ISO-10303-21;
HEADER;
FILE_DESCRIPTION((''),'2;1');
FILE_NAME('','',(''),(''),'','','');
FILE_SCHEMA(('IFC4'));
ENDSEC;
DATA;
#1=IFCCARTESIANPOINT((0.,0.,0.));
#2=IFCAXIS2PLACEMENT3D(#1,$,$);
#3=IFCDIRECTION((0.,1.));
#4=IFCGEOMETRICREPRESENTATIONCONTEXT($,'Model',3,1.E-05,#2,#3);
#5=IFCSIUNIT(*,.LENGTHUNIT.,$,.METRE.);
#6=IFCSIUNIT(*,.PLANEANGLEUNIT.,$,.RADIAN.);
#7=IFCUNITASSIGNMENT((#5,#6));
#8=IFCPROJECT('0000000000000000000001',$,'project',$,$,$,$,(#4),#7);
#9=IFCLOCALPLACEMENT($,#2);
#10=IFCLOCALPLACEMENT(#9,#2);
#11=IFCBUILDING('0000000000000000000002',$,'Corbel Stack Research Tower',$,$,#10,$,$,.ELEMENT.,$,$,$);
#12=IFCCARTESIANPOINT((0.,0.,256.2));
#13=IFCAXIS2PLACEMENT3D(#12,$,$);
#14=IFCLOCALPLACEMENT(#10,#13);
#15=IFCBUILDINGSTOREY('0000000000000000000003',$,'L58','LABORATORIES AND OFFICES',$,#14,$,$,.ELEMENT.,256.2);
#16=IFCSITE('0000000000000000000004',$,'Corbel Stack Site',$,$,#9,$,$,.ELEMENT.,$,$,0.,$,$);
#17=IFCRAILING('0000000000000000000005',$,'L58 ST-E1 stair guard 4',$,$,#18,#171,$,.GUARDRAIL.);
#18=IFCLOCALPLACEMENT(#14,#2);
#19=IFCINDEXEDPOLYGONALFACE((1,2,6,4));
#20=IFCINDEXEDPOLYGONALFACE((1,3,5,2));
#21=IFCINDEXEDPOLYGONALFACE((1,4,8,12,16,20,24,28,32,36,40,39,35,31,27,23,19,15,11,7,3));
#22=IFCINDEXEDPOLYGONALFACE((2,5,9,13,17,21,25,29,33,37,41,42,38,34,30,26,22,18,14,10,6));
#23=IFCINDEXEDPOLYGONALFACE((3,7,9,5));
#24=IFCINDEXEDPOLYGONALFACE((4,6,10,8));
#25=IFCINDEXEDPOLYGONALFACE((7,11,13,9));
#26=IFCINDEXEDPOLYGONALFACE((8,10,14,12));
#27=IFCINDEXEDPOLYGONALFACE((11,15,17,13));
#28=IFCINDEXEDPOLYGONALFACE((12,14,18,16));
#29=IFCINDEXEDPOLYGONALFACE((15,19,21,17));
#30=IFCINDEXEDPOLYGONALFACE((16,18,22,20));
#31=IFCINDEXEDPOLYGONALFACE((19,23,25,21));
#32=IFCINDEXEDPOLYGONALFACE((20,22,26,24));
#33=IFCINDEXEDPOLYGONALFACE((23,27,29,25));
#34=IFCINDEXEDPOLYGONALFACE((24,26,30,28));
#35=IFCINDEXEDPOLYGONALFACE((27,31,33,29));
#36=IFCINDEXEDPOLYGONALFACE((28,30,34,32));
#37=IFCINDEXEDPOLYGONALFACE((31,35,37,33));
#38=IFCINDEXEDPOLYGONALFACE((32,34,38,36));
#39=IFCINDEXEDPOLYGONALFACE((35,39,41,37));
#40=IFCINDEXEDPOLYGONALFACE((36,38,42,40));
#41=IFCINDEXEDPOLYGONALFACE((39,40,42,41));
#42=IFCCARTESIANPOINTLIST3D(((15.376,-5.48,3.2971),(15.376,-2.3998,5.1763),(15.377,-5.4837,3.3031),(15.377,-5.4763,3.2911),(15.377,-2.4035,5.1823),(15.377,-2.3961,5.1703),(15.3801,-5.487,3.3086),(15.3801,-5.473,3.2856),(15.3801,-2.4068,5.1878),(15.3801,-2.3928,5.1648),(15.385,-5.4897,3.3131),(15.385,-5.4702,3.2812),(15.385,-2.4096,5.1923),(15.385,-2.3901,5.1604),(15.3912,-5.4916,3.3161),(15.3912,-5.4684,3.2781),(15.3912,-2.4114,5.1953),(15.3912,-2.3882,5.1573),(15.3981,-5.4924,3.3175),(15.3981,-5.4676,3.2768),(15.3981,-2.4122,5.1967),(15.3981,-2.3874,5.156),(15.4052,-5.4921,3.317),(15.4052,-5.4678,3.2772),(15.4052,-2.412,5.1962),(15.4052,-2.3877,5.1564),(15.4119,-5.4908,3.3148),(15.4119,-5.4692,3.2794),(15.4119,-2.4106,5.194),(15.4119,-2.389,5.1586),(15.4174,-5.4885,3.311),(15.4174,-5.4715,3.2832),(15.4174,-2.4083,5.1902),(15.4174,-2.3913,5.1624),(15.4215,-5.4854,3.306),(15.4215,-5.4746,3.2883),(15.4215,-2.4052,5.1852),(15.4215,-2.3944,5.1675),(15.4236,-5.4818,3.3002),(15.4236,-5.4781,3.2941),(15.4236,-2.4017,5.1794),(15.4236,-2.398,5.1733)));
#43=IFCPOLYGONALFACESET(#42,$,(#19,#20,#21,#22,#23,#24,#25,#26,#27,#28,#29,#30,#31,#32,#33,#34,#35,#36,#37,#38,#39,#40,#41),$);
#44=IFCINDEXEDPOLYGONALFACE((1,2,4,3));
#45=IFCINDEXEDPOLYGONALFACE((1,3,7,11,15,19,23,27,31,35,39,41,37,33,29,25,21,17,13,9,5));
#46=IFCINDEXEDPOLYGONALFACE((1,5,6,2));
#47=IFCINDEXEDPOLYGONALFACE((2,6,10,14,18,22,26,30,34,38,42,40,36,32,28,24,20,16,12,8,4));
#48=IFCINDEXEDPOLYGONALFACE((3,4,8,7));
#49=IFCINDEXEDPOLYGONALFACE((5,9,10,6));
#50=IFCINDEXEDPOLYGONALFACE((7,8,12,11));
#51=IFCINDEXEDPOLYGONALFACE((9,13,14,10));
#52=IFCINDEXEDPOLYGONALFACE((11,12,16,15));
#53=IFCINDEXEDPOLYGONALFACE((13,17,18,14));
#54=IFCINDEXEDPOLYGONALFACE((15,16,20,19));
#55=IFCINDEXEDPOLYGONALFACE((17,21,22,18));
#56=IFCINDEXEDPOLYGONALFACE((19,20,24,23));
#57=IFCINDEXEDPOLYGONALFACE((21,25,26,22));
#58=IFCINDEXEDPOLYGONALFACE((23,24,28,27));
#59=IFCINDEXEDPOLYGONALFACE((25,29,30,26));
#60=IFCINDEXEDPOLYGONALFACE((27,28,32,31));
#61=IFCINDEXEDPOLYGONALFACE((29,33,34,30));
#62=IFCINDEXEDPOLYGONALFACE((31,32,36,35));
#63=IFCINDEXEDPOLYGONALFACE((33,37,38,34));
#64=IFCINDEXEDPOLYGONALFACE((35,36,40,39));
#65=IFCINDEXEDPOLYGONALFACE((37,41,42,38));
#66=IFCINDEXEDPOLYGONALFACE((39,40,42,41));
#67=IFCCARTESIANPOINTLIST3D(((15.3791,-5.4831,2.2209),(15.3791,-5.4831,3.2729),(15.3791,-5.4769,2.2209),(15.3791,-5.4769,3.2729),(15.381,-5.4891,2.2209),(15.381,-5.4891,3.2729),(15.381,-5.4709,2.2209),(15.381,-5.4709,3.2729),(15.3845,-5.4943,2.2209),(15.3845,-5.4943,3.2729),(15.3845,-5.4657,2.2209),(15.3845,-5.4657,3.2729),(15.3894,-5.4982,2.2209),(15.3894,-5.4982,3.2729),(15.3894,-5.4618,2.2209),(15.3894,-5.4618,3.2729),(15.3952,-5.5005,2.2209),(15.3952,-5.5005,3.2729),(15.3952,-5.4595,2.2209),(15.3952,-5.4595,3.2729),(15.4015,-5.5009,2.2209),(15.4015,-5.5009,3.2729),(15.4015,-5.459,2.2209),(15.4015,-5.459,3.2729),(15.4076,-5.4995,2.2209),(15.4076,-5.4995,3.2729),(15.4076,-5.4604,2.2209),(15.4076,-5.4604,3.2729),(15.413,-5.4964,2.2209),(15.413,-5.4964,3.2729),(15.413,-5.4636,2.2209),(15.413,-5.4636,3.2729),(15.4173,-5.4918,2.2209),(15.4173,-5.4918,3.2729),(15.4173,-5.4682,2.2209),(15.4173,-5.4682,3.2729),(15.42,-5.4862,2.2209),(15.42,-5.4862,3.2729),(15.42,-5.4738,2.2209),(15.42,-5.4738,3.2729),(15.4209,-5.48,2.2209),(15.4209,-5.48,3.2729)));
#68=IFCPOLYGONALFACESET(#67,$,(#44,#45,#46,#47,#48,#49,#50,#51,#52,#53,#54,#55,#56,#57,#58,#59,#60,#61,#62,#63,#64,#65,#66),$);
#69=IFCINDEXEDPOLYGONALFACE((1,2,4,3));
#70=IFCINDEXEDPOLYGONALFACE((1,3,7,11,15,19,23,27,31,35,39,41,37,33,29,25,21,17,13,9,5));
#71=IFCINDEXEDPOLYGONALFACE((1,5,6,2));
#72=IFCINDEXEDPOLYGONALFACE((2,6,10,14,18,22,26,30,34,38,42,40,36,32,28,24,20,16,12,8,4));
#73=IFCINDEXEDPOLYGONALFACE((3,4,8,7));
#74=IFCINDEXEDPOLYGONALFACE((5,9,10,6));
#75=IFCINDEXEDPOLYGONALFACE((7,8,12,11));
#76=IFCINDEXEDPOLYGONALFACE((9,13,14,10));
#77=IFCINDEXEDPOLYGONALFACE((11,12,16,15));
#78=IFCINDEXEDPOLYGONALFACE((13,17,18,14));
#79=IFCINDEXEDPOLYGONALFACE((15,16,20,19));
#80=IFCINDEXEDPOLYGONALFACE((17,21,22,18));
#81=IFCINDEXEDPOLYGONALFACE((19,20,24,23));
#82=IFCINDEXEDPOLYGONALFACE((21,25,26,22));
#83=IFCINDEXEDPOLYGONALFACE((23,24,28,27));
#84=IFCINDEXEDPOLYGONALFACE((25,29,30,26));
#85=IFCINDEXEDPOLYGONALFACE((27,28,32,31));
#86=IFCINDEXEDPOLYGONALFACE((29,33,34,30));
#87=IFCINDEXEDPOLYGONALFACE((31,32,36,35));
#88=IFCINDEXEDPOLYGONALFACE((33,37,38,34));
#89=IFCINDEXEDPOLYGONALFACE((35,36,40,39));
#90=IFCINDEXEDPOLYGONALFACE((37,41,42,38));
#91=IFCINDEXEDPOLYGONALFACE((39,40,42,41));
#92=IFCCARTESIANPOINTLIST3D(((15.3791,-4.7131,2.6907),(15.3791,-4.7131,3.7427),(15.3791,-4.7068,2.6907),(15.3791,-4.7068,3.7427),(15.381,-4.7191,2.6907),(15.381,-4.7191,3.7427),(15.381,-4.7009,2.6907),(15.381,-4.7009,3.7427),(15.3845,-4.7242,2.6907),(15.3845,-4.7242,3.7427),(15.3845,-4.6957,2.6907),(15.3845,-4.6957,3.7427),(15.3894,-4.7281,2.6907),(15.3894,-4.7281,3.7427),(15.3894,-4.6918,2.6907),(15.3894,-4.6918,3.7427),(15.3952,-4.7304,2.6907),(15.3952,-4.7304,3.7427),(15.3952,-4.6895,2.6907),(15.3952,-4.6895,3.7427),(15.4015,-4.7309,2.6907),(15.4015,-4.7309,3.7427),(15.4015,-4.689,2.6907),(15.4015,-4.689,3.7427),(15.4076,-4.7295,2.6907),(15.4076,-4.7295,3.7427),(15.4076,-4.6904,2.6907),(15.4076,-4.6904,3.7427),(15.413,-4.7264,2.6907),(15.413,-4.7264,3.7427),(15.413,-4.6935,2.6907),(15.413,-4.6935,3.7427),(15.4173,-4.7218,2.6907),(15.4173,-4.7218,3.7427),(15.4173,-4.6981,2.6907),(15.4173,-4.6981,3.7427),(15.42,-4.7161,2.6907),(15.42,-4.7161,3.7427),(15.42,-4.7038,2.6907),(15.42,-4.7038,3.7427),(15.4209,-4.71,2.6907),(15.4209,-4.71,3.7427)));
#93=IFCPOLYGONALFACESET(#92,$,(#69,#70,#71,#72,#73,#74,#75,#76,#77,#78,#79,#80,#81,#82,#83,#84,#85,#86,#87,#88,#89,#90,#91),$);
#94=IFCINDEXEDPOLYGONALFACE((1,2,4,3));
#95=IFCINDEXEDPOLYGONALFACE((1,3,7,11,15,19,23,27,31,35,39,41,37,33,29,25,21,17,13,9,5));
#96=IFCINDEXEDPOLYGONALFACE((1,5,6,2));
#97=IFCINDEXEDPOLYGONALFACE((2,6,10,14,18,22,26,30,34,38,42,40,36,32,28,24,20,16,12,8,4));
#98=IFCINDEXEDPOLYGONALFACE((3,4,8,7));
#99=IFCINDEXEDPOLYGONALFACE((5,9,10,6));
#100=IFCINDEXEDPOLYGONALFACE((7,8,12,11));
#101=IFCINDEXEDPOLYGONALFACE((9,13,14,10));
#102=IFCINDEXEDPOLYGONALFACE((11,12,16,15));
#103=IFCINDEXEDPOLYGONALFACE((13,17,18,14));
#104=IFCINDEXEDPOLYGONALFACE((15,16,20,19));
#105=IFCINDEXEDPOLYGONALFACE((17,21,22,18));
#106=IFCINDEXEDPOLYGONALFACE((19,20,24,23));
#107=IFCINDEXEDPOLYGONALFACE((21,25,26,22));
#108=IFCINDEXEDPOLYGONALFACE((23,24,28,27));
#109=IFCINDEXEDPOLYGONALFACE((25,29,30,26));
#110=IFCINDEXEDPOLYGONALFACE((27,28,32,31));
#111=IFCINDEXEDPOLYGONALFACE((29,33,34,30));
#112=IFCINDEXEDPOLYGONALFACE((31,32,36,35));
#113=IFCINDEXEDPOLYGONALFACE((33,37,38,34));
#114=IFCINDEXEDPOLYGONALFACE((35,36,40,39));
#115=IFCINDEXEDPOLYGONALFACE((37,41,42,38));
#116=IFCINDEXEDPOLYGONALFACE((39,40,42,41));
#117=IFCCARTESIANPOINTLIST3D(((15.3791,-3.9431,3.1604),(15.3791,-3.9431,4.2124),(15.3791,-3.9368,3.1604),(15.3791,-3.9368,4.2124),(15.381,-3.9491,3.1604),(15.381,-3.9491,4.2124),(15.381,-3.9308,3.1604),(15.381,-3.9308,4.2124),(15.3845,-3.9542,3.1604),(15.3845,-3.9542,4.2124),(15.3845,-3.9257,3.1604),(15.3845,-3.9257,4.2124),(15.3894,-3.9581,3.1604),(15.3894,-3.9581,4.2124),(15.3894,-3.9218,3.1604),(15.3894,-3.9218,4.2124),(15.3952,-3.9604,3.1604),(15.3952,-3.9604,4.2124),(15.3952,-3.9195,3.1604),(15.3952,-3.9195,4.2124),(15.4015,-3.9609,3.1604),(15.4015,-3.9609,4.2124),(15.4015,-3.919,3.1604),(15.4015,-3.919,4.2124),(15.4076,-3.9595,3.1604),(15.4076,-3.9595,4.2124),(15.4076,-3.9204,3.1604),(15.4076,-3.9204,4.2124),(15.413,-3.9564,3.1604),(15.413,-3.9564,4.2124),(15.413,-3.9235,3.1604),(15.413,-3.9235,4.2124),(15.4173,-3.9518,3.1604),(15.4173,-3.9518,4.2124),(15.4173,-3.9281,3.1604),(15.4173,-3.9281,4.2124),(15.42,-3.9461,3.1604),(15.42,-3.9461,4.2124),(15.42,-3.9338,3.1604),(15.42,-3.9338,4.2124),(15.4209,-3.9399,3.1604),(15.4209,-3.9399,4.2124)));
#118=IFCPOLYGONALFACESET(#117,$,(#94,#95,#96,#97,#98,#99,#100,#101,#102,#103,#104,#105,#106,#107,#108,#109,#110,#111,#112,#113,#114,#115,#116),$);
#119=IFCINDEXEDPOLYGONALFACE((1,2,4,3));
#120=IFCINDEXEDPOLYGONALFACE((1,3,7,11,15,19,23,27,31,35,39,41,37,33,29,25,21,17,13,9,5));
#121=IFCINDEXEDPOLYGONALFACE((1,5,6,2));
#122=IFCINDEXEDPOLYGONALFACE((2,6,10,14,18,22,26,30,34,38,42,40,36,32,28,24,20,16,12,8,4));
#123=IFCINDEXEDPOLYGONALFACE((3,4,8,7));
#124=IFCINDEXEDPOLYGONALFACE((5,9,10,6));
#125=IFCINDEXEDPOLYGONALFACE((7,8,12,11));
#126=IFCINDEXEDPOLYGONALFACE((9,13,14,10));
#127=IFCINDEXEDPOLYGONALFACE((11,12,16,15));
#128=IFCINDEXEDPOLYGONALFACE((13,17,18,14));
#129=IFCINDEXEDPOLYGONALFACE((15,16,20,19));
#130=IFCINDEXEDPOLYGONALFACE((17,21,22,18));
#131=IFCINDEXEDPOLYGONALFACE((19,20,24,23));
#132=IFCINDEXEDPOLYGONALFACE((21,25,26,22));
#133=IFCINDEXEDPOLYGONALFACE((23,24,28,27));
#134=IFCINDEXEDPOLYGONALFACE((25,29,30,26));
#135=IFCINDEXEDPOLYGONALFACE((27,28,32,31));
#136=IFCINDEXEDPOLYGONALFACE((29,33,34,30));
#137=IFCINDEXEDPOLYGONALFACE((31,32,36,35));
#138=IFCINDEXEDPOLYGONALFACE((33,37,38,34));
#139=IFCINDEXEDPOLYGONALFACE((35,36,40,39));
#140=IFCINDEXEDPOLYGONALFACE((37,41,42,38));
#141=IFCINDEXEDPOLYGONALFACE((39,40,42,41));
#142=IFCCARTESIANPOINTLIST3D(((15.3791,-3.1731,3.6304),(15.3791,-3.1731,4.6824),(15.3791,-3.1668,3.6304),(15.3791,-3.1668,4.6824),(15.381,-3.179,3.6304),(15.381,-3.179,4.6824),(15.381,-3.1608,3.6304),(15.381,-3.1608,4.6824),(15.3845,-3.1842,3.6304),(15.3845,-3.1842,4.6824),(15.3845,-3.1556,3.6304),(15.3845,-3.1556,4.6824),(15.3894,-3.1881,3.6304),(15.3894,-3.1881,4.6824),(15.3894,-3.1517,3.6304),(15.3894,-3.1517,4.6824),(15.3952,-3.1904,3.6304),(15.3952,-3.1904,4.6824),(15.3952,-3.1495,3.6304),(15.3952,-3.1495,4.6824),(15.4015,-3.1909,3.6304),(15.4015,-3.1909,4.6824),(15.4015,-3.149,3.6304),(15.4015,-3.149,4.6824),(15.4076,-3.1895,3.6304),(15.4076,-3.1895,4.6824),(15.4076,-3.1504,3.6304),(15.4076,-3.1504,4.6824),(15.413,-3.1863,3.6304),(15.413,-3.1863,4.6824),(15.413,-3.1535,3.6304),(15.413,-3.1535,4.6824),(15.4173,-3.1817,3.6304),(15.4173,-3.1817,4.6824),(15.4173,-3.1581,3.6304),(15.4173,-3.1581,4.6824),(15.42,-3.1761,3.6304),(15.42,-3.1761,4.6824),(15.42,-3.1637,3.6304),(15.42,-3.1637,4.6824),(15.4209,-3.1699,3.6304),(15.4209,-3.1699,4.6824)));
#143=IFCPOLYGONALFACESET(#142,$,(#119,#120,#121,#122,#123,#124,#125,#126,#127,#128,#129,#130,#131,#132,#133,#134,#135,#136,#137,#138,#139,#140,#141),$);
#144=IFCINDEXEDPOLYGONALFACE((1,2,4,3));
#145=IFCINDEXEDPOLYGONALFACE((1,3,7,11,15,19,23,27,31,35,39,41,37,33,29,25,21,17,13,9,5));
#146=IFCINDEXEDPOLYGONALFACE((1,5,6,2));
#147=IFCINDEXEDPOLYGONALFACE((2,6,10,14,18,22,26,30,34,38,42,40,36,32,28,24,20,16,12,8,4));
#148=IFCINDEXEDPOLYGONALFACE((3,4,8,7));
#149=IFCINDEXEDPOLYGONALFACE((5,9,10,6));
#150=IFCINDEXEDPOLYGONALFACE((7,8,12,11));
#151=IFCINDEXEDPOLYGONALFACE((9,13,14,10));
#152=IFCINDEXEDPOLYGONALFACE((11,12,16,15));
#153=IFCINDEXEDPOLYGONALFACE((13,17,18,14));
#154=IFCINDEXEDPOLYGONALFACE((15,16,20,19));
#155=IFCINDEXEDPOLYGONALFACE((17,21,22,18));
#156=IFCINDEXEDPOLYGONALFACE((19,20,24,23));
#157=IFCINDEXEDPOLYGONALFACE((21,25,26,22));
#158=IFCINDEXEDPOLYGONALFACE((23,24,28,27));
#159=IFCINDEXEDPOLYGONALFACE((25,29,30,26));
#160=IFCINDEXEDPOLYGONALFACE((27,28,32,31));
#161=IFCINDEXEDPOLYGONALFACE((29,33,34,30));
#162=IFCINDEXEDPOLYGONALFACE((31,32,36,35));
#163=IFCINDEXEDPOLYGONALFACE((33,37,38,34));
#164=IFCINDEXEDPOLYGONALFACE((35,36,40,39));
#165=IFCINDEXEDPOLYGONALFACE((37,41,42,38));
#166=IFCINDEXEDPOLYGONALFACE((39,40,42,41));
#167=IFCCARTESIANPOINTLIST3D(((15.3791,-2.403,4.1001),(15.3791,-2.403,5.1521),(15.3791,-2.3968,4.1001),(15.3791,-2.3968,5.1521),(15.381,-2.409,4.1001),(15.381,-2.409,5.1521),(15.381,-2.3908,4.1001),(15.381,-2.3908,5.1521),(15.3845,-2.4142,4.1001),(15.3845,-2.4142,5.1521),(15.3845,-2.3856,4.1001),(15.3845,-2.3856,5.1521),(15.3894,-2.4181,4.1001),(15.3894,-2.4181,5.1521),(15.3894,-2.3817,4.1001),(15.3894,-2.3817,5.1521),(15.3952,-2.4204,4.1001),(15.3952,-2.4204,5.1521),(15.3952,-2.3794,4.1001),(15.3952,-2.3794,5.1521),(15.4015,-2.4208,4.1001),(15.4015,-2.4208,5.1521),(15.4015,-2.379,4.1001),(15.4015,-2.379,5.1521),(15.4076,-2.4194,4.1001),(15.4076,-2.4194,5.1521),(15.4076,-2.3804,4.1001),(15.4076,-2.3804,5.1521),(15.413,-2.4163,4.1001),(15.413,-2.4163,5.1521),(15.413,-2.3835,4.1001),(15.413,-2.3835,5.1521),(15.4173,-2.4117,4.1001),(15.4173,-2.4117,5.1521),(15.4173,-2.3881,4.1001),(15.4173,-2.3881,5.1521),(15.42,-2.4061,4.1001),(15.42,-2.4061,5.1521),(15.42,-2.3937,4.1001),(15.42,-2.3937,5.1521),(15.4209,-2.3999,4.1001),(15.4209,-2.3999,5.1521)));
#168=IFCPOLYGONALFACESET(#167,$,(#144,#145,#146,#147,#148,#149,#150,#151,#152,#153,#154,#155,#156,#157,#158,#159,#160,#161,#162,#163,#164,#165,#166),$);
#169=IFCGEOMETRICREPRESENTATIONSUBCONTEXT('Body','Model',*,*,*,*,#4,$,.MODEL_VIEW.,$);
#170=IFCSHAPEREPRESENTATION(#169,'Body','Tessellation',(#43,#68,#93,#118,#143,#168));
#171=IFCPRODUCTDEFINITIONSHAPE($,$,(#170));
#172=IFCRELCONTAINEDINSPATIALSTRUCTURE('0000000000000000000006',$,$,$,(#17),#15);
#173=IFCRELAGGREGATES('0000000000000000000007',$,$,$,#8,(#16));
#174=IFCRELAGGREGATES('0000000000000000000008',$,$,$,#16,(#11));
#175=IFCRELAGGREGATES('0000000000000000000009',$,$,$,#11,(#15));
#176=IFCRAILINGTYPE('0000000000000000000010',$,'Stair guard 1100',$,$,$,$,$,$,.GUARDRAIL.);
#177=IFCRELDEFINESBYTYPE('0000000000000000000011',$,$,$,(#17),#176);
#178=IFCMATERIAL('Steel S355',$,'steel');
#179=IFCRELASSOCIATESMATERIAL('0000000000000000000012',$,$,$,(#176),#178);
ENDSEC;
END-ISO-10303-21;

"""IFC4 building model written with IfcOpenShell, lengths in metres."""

from ifc_helpers import new_model, si_unit, direction, frame, origin, origin_2d, place, context, subcontext, project, spatial, circle, extrude, material, type_object, element, save


model = new_model("IFC4")

# Units and contexts
model_context = context("Model", 3, precision=1e-05, world=origin(), true_north=direction((0.0, 1.0)))
body_context = subcontext(model_context, "Body", "Model", "MODEL_VIEW")
ifc_project = project(units=[si_unit("LENGTHUNIT", "METRE"), si_unit("PLANEANGLEUNIT", "RADIAN")], contexts=[model_context])

# Site, building, storey
site_placement = place(None, origin())
site = spatial("IfcSite", under=ifc_project, at=site_placement, Name="Corbel Stack Site", CompositionType="ELEMENT", RefElevation=0.0)
building_placement = place(site_placement, origin())
building = spatial("IfcBuilding", under=site, at=building_placement, Name="Corbel Stack Research Tower", CompositionType="ELEMENT")
storey_placement = place(building_placement, frame((0.0, 0.0, 256.2)))
storey = spatial("IfcBuildingStorey", under=building, at=storey_placement, Name="L58", Description="LABORATORIES AND OFFICES", CompositionType="ELEMENT", Elevation=256.2)

# Railing
ifc_material_1 = material(Name="Steel S355", Category="steel")
railing_type_1 = type_object("IfcRailingType", Name="Stair guard 1100", PredefinedType="GUARDRAIL", material=ifc_material_1)
railing_1_placement = place(storey_placement, frame((15.3999, -5.48, 2.2209)))
element("IfcRailing", 1, at=railing_1_placement, inside=storey, type_object=railing_type_1, Name="L58 ST-E1 stair guard 4", PredefinedType="GUARDRAIL", context=body_context, shape_type="SweptSolid", body=[
    extrude(circle(Radius=0.0239, at=origin_2d()), frame((0.0, 0.0, 1.0762), z_axis=(0.0, 0.853666, 0.52082), x_axis=(-1.0, 0.0, 0.0)), (0.0, 0.0, 1.0), 3.6082),
    extrude(circle(Radius=0.021, at=origin_2d()), origin(), (0.0, 0.0, 1.0), 1.052),
    extrude(circle(Radius=0.021, at=origin_2d()), frame((0.0, 0.77, 0.4697)), (0.0, 0.0, 1.0), 1.052),
    extrude(circle(Radius=0.021, at=origin_2d()), frame((0.0, 1.54, 0.9395)), (0.0, 0.0, 1.0), 1.052),
    extrude(circle(Radius=0.021, at=origin_2d()), frame((0.0, 2.3101, 1.4094)), (0.0, 0.0, 1.0), 1.052),
    extrude(circle(Radius=0.021, at=origin_2d()), frame((0.0, 3.0801, 1.8792)), (0.0, 0.0, 1.0), 1.052),
])

save(model, "model.ifc")
